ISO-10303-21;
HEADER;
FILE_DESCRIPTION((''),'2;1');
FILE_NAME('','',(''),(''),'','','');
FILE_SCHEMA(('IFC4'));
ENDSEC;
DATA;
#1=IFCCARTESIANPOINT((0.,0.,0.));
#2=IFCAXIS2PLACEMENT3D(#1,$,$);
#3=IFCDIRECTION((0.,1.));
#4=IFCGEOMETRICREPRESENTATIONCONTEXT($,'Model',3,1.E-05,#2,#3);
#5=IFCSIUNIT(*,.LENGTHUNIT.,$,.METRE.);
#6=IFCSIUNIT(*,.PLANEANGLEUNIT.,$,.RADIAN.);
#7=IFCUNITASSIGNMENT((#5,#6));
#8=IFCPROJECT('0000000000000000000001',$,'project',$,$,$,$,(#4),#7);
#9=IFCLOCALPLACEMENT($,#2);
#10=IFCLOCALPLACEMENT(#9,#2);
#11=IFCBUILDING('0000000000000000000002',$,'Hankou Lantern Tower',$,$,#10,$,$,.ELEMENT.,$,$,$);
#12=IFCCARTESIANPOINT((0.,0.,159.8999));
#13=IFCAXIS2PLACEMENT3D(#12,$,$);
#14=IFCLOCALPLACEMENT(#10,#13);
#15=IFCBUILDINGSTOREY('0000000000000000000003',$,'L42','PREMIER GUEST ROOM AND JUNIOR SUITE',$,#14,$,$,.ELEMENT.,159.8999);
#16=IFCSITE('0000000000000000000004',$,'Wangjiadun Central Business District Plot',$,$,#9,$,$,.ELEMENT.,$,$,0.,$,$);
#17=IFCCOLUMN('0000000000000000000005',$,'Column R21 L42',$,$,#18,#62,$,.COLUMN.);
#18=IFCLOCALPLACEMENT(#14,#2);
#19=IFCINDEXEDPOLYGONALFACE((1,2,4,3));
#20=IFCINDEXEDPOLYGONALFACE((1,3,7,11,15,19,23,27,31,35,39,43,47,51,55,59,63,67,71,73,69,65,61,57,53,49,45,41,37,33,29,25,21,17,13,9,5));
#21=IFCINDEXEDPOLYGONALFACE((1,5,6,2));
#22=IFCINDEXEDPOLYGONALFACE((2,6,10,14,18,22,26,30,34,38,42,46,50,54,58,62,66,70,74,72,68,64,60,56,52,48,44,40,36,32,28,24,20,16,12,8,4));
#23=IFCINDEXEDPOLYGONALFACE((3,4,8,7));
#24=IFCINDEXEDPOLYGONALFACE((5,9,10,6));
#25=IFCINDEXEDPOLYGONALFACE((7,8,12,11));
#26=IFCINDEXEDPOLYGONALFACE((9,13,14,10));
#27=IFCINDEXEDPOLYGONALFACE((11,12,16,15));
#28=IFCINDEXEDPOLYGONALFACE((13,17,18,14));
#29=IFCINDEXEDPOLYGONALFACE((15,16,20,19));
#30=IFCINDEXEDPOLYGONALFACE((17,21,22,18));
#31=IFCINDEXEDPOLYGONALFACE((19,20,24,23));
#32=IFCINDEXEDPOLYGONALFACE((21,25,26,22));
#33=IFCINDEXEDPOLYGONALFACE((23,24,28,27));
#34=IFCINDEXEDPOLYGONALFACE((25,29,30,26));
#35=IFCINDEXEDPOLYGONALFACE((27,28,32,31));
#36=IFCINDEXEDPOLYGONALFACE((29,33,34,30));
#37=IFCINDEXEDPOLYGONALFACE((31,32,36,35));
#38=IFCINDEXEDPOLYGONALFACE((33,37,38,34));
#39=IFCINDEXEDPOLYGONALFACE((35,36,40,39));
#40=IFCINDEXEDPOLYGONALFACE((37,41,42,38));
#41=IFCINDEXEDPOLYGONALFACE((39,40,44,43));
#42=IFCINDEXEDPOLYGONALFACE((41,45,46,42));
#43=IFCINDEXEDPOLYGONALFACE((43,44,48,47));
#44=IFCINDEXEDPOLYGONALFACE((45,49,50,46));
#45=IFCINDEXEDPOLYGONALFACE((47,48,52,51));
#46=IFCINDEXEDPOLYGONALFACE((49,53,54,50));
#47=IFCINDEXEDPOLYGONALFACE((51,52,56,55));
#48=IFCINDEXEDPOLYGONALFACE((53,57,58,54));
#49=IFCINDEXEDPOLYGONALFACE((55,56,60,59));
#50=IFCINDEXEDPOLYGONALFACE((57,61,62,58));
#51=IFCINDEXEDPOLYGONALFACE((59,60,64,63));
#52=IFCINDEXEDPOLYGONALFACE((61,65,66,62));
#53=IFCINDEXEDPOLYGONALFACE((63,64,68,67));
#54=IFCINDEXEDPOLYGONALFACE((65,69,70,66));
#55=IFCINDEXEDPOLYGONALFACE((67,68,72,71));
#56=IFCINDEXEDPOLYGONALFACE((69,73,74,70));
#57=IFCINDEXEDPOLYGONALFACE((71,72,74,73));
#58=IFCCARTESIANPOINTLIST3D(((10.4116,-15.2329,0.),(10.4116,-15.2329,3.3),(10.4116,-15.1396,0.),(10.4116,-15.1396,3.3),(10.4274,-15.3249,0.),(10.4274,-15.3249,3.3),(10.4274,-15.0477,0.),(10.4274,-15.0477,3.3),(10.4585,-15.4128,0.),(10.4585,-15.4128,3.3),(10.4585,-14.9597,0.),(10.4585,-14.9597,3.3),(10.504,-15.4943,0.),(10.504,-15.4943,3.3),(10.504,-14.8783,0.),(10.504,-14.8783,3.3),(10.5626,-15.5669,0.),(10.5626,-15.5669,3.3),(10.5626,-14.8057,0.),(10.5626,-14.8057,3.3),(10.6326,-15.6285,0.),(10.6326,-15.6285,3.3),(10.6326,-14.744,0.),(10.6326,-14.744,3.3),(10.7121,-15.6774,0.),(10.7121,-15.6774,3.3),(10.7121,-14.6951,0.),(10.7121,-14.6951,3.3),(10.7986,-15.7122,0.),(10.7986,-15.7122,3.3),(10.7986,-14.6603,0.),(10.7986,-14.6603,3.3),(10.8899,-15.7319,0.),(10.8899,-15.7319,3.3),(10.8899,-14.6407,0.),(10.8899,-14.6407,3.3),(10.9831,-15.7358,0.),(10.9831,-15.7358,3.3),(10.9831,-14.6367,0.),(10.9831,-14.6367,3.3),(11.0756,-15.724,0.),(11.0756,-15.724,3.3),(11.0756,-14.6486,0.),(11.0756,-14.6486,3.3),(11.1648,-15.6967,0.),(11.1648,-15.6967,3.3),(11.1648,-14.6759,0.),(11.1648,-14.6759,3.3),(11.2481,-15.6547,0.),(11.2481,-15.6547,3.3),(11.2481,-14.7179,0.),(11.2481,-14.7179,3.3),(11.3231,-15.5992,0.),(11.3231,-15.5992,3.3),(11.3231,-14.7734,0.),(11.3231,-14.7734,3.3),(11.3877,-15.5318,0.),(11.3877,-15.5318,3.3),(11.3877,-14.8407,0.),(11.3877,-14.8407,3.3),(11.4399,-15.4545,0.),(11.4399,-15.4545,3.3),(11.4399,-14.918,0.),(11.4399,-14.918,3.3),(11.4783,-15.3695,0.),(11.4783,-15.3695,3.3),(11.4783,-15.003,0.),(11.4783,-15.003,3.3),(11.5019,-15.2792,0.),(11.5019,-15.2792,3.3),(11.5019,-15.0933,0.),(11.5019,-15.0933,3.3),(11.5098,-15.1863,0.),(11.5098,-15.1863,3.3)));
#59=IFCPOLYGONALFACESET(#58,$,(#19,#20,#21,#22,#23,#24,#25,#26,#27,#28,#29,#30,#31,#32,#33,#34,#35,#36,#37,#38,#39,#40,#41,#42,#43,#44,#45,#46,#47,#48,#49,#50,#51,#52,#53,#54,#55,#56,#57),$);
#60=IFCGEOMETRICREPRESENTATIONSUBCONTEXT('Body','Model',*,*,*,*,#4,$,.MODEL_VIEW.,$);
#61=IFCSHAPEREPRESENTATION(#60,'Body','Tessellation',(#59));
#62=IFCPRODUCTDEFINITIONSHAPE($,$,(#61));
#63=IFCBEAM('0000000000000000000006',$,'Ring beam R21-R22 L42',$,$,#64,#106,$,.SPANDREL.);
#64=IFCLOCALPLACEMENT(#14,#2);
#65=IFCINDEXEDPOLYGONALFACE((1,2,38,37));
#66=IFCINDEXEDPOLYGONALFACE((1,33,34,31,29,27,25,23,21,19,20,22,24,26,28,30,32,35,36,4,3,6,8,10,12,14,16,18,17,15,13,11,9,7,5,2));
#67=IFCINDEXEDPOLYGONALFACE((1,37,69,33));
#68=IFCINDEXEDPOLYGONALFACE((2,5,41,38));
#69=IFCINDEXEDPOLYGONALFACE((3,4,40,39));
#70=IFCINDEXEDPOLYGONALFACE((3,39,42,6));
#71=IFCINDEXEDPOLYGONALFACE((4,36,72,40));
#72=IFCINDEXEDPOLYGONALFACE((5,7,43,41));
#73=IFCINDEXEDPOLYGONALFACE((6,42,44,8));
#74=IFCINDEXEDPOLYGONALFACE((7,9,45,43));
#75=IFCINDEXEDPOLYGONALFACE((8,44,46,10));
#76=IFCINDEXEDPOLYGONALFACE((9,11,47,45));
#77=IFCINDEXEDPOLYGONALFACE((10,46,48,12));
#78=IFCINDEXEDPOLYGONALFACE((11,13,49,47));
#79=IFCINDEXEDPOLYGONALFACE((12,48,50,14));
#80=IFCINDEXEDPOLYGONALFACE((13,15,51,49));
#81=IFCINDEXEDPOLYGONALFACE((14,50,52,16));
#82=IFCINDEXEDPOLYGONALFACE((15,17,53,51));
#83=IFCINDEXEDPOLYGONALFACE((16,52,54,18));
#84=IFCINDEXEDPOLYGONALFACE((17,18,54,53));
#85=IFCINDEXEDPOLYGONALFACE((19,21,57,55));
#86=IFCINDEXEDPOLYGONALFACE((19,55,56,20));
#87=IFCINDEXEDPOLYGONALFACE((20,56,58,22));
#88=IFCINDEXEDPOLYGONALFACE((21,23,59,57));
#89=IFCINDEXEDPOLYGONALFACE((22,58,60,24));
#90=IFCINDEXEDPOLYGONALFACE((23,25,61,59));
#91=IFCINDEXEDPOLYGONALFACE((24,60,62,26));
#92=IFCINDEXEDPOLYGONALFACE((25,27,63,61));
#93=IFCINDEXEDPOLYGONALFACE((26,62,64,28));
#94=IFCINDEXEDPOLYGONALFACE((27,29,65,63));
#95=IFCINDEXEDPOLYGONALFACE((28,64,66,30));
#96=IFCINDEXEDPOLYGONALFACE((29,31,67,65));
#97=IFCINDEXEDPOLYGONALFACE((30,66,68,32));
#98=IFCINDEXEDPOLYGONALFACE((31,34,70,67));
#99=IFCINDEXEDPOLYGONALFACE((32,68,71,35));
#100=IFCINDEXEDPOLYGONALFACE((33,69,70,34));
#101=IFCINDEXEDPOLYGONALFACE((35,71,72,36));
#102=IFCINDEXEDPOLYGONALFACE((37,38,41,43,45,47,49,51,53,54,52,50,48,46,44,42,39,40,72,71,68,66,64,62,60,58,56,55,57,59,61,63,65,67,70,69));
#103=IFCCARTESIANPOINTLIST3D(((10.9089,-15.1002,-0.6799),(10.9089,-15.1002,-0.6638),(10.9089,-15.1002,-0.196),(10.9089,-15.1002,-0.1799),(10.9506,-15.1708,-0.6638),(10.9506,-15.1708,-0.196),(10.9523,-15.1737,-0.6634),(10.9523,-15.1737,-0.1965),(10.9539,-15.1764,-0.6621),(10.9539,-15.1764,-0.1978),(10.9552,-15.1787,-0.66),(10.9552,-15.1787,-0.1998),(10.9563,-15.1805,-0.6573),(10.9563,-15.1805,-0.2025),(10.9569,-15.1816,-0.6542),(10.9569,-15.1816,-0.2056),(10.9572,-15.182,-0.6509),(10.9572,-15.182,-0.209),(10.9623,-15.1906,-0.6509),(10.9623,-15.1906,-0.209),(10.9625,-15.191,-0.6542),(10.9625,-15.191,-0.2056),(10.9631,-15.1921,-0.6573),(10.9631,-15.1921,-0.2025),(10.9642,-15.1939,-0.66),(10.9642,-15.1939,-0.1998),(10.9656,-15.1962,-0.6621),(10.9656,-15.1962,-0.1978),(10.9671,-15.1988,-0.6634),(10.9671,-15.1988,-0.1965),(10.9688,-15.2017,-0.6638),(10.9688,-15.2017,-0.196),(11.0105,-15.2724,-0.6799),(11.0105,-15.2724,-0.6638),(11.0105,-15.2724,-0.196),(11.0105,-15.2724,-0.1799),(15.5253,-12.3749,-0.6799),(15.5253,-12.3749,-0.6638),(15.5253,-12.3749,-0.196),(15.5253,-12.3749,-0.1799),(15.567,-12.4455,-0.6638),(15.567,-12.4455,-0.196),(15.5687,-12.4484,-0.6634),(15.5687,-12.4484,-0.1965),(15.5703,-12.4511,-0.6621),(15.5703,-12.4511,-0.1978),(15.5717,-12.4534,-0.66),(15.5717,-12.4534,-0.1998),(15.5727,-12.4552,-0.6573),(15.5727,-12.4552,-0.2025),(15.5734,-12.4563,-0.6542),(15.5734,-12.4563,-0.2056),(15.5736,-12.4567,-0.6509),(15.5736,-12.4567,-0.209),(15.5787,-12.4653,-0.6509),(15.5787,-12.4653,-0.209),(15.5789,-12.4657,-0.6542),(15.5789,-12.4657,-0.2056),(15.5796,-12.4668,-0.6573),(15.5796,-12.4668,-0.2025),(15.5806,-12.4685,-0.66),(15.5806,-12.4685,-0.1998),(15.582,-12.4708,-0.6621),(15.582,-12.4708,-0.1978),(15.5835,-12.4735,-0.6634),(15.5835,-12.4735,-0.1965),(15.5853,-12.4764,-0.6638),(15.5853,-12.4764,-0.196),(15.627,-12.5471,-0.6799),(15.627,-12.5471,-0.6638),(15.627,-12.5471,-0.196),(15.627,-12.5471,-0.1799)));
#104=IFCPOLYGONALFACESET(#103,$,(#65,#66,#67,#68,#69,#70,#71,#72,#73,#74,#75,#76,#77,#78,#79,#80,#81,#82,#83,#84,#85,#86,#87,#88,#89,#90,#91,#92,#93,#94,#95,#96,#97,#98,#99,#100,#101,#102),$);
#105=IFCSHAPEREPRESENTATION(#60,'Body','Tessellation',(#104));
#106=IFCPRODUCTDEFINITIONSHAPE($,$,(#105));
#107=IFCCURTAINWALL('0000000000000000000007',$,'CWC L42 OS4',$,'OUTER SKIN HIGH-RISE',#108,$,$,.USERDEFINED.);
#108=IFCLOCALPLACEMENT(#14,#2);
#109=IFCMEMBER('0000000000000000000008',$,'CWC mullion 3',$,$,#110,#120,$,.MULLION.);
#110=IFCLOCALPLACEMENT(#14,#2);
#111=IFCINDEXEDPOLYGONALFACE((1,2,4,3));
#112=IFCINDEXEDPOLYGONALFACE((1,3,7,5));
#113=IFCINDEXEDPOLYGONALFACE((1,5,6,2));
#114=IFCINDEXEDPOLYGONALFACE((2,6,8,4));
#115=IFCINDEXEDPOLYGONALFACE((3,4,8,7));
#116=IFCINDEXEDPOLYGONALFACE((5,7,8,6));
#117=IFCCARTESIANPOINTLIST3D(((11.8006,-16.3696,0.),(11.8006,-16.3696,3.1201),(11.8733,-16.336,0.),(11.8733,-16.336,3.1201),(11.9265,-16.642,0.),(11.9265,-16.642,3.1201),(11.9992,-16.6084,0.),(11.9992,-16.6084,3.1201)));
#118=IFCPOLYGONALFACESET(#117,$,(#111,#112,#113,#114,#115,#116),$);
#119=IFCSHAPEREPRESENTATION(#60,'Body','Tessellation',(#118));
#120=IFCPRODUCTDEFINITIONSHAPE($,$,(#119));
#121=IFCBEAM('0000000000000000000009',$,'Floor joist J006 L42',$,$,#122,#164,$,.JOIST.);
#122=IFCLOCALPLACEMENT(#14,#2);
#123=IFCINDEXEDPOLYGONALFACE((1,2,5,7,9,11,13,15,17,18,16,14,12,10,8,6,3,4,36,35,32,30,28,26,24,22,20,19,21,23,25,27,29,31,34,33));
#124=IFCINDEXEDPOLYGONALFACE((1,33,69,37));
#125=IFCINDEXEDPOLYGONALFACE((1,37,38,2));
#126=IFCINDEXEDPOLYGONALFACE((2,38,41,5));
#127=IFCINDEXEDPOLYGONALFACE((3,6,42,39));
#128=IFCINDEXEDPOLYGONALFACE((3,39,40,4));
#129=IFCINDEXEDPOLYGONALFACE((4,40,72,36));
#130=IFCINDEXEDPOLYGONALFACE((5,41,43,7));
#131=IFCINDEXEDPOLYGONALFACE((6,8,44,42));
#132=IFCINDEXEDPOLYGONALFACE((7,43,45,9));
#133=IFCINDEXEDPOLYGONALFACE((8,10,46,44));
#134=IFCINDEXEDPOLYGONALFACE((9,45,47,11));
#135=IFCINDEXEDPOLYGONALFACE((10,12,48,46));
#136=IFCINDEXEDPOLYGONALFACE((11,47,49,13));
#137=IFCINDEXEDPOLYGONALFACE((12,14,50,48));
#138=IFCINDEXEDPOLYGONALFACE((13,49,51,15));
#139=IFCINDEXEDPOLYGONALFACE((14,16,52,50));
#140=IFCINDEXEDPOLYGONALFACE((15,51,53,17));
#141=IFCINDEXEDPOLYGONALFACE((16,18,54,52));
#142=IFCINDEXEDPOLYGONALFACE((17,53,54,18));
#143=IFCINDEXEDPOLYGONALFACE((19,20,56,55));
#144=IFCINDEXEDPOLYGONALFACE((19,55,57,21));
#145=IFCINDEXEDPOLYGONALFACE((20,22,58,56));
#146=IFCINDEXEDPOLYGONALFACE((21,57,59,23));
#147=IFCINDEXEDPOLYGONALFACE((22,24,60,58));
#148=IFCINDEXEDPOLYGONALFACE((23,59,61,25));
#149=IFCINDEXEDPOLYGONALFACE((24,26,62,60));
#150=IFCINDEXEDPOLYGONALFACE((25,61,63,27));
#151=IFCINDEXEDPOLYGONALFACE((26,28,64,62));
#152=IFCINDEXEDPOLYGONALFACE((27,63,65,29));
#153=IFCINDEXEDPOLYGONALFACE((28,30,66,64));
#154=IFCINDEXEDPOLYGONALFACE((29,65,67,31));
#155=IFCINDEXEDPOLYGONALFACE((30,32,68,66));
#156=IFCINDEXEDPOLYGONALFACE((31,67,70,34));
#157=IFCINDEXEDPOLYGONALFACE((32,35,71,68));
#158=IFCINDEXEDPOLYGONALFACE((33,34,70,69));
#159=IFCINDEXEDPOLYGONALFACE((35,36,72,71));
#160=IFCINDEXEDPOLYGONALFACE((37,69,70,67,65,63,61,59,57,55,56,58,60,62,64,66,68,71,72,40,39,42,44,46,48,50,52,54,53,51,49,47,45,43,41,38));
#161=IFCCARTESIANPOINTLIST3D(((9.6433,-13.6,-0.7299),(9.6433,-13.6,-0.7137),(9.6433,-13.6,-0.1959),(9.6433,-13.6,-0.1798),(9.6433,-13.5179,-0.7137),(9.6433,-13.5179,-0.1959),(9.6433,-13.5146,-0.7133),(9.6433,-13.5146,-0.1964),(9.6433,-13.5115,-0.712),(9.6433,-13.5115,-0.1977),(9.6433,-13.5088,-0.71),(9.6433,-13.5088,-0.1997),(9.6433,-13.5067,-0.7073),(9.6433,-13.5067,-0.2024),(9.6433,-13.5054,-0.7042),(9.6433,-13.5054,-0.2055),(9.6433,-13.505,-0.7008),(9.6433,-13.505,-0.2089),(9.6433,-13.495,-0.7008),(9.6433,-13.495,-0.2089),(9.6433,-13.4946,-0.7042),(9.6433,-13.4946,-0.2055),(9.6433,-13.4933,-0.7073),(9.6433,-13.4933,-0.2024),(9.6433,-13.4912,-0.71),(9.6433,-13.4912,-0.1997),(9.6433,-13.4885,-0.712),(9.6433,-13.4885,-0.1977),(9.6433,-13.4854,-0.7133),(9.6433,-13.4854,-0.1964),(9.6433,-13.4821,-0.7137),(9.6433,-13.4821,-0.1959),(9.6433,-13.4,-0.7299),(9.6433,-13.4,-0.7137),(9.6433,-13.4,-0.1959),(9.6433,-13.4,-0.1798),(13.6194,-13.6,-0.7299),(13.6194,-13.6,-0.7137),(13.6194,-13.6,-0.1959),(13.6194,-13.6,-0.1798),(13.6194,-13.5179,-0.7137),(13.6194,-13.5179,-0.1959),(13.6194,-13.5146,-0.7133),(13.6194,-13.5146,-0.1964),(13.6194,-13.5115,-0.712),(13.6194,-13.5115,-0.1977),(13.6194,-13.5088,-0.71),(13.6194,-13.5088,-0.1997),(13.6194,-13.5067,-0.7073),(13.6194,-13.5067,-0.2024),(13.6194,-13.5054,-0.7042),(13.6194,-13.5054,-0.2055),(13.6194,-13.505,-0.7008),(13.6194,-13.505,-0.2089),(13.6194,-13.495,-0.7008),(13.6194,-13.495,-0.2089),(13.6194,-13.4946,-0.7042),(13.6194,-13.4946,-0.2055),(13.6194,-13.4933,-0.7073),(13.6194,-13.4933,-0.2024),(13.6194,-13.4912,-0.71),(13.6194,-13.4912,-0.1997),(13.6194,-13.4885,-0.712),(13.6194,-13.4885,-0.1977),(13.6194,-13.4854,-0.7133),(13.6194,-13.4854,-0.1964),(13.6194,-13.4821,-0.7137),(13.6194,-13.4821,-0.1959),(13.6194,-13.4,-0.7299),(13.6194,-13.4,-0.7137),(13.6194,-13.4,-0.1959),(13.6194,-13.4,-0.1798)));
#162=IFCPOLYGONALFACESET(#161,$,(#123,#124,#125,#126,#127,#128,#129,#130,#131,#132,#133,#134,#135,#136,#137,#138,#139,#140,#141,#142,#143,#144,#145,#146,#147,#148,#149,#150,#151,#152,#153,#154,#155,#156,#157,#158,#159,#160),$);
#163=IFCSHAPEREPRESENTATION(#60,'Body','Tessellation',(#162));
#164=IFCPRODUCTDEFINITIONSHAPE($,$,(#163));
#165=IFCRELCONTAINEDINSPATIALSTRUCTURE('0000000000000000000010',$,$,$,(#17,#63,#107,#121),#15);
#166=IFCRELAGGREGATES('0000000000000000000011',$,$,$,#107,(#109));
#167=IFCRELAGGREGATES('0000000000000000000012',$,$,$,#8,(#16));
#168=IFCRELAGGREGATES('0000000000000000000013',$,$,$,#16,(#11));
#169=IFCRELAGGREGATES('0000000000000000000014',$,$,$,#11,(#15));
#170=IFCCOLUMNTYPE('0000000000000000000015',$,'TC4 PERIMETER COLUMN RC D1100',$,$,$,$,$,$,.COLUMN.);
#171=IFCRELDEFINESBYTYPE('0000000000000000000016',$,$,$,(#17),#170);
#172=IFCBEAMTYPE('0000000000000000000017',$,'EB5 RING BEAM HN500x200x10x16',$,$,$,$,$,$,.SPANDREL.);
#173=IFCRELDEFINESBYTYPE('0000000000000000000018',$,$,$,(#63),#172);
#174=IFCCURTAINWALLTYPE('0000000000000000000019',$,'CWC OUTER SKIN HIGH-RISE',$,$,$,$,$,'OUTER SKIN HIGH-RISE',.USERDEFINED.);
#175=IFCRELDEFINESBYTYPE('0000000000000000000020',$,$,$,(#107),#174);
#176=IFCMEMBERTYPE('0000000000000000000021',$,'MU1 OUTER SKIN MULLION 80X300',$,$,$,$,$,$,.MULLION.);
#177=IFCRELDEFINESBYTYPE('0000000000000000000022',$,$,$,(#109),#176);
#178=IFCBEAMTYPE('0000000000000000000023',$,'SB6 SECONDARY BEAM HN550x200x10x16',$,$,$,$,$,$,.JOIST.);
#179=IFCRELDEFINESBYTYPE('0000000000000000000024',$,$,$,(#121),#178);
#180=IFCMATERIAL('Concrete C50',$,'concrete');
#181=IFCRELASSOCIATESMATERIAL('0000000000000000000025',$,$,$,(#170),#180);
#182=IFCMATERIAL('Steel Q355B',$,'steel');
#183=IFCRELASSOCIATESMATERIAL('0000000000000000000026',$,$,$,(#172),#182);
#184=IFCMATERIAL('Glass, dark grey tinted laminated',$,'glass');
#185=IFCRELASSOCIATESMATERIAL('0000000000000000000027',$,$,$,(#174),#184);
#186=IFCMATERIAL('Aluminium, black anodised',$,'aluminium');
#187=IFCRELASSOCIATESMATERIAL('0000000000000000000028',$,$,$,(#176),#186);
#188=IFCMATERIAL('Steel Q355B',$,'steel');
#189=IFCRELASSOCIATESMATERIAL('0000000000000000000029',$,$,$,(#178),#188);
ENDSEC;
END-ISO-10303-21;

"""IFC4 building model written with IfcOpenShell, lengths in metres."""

from ifc_helpers import new_model, si_unit, direction, frame, origin, origin_2d, place, context, subcontext, project, spatial, rectangle, circle, i_section, extrude, material, material_profile, profile_set, type_object, element, aggregate, save


model = new_model("IFC4")

# Units and contexts
model_context = context("Model", 3, precision=1e-05, world=origin(), true_north=direction((0.0, 1.0)))
body_context = subcontext(model_context, "Body", "Model", "MODEL_VIEW")
ifc_project = project(units=[si_unit("LENGTHUNIT", "METRE"), si_unit("PLANEANGLEUNIT", "RADIAN")], contexts=[model_context])

# Site, building, storey
site_placement = place(None, origin())
site = spatial("IfcSite", under=ifc_project, at=site_placement, Name="Wangjiadun Central Business District Plot", CompositionType="ELEMENT", RefElevation=0.0)
building_placement = place(site_placement, origin())
building = spatial("IfcBuilding", under=site, at=building_placement, Name="Hankou Lantern Tower", CompositionType="ELEMENT")
storey_placement = place(building_placement, frame((0.0, 0.0, 159.8999)))
storey = spatial("IfcBuildingStorey", under=building, at=storey_placement, Name="L42", Description="PREMIER GUEST ROOM AND JUNIOR SUITE", CompositionType="ELEMENT", Elevation=159.8999)

# Column
ifc_material_1 = material(Name="Concrete C50", Category="concrete")
ifc_material_profile_1 = material_profile(ifc_material_1, circle(Radius=0.55, at=origin_2d()), Name="RC D1100")
ifc_profile_set_1 = profile_set([ifc_material_profile_1], Name="Concrete C50")
column_type = type_object("IfcColumnType", Name="TC4 PERIMETER COLUMN RC D1100", PredefinedType="COLUMN", material=ifc_profile_set_1)
column_placement = place(storey_placement, frame((10.9597, -15.1863, 0.0), z_axis=(0.0, 0.0, 1.0), x_axis=(1.0, 0.0, 0.0)))
element("IfcColumn", 1, at=column_placement, inside=storey, type_object=column_type, Name="Column R21 L42", PredefinedType="COLUMN", context=body_context, shape_type="SweptSolid", body=[
    extrude(circle(Radius=0.55, at=origin_2d()), origin(), (0.0, 0.0, 1.0), 3.3),
])

# Beam
ifc_material_2 = material(Name="Steel Q355B", Category="steel")
ifc_material_profile_2 = material_profile(ifc_material_2, i_section(OverallWidth=0.2, OverallDepth=0.5, WebThickness=0.01, FlangeThickness=0.0161, FilletRadius=0.0129, at=origin_2d()), Name="HN500x200x10x16")
ifc_profile_set_2 = profile_set([ifc_material_profile_2], Name="Steel Q355B")
beam_type_1 = type_object("IfcBeamType", Name="EB5 RING BEAM HN500x200x10x16", PredefinedType="SPANDREL", material=ifc_profile_set_2)
beam_1_placement = place(storey_placement, frame((10.9597, -15.1863, -0.4299), z_axis=(0.861136, 0.508375, 0.0), x_axis=(-0.508375, 0.861136, 0.0)))
element("IfcBeam", 2, at=beam_1_placement, inside=storey, type_object=beam_type_1, Name="Ring beam R21-R22 L42", PredefinedType="SPANDREL", context=body_context, shape_type="SweptSolid", body=[
    extrude(i_section(OverallWidth=0.2, OverallDepth=0.5, WebThickness=0.01, FlangeThickness=0.0161, FilletRadius=0.0129, at=origin_2d()), origin(), (0.0, 0.0, 1.0), 5.3608),
])

# Curtain wall, member
ifc_material_3 = material(Name="Glass, dark grey tinted laminated", Category="glass")
curtain_wall_type = type_object("IfcCurtainWallType", Name="CWC OUTER SKIN HIGH-RISE", ElementType="OUTER SKIN HIGH-RISE", PredefinedType="USERDEFINED", material=ifc_material_3)
curtain_wall_placement = place(storey_placement, origin())
curtain_wall = element("IfcCurtainWall", 3, at=curtain_wall_placement, inside=storey, type_object=curtain_wall_type, Name="CWC L42 OS4", ObjectType="OUTER SKIN HIGH-RISE", PredefinedType="USERDEFINED")
ifc_material_4 = material(Name="Aluminium, black anodised", Category="aluminium")
ifc_material_profile_3 = material_profile(ifc_material_4, rectangle(XDim=0.0801, YDim=0.3, at=origin_2d()), Name="MU1 80X300")
ifc_profile_set_3 = profile_set([ifc_material_profile_3], Name="Aluminium, black anodised")
member_type_1 = type_object("IfcMemberType", Name="MU1 OUTER SKIN MULLION 80X300", PredefinedType="MULLION", material=ifc_profile_set_3)
member_1_placement = place(storey_placement, frame((11.8999, -16.489, 0.0), z_axis=(0.0, 0.0, 1.0), x_axis=(0.907841, 0.419314, 0.0)))
member_1 = element("IfcMember", 4, at=member_1_placement, type_object=member_type_1, Name="CWC mullion 3", PredefinedType="MULLION", context=body_context, shape_type="SweptSolid", body=[
    extrude(rectangle(XDim=0.0801, YDim=0.3, at=origin_2d()), origin(), (0.0, 0.0, 1.0), 3.1201),
])

# Beam
ifc_material_5 = material(Name="Steel Q355B", Category="steel")
ifc_material_profile_4 = material_profile(ifc_material_5, i_section(OverallWidth=0.2, OverallDepth=0.55, WebThickness=0.01, FlangeThickness=0.0161, FilletRadius=0.0129, at=origin_2d()), Name="HN550x200x10x16")
ifc_profile_set_4 = profile_set([ifc_material_profile_4], Name="Steel Q355B")
beam_type_2 = type_object("IfcBeamType", Name="SB6 SECONDARY BEAM HN550x200x10x16", PredefinedType="JOIST", material=ifc_profile_set_4)
beam_2_placement = place(storey_placement, frame((9.6433, -13.5, -0.4548), z_axis=(1.0, 0.0, 0.0), x_axis=(0.0, 1.0, 0.0)))
element("IfcBeam", 5, at=beam_2_placement, inside=storey, type_object=beam_type_2, Name="Floor joist J006 L42", PredefinedType="JOIST", context=body_context, shape_type="SweptSolid", body=[
    extrude(i_section(OverallWidth=0.2, OverallDepth=0.55, WebThickness=0.01, FlangeThickness=0.0161, FilletRadius=0.0129, at=origin_2d()), origin(), (0.0, 0.0, 1.0), 3.9761),
])

aggregate(curtain_wall, [member_1])

save(model, "model.ifc")
